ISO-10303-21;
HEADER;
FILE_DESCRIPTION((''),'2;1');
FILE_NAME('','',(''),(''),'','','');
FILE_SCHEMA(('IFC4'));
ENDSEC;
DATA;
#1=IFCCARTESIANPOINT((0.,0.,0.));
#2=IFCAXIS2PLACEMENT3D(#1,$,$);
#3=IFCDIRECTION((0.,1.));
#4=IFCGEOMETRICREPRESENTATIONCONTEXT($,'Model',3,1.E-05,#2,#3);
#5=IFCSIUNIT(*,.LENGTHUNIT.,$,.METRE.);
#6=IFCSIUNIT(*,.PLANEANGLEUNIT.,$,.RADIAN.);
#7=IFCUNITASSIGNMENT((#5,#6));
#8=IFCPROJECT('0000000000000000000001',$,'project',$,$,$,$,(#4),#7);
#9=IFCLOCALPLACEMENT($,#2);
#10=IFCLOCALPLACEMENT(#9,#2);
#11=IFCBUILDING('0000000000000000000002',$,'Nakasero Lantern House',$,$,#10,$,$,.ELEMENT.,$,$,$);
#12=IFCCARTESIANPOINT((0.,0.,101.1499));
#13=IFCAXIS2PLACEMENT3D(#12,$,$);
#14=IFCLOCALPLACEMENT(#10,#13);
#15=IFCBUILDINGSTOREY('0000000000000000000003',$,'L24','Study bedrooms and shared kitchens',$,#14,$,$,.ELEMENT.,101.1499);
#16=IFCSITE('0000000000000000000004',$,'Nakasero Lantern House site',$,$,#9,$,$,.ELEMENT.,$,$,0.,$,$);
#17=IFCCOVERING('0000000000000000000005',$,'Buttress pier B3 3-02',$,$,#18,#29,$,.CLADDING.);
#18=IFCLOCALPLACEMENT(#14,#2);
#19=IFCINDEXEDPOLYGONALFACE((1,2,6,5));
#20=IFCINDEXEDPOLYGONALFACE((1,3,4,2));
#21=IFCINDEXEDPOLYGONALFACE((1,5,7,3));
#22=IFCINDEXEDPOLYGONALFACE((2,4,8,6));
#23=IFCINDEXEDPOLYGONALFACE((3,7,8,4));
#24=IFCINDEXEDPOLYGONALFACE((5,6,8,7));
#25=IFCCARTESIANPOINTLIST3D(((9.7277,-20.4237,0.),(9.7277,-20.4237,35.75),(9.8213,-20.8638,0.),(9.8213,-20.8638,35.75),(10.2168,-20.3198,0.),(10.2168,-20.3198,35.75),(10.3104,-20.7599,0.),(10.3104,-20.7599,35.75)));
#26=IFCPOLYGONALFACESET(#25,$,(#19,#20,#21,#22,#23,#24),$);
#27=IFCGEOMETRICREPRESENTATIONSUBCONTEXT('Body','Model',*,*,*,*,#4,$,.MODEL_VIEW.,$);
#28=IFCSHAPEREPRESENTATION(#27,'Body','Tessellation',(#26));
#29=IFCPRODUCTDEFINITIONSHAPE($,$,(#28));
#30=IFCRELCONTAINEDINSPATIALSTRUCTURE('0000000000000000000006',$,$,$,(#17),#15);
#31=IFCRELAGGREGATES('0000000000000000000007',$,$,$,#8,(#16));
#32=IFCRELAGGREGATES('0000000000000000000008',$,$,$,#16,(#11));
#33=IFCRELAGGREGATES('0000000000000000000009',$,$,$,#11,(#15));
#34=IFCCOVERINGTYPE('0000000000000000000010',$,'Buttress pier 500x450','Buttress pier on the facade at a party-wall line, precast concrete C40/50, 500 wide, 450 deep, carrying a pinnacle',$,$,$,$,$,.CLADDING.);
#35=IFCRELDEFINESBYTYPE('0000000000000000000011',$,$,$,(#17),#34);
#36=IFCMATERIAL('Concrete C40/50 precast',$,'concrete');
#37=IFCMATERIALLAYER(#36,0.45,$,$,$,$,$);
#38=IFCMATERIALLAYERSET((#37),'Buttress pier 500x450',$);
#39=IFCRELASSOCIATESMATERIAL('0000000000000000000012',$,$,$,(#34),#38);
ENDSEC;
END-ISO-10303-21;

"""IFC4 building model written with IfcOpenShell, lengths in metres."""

from ifc_helpers import new_model, si_unit, direction, frame, origin, origin_2d, place, context, subcontext, project, spatial, rectangle, extrude, material, layer, layer_set, type_object, element, save


model = new_model("IFC4")

# Units and contexts
model_context = context("Model", 3, precision=1e-05, world=origin(), true_north=direction((0.0, 1.0)))
body_context = subcontext(model_context, "Body", "Model", "MODEL_VIEW")
ifc_project = project(units=[si_unit("LENGTHUNIT", "METRE"), si_unit("PLANEANGLEUNIT", "RADIAN")], contexts=[model_context])

# Site, building, storey
site_placement = place(None, origin())
site = spatial("IfcSite", under=ifc_project, at=site_placement, Name="Nakasero Lantern House site", CompositionType="ELEMENT", RefElevation=0.0)
building_placement = place(site_placement, origin())
building = spatial("IfcBuilding", under=site, at=building_placement, Name="Nakasero Lantern House", CompositionType="ELEMENT")
storey_placement = place(building_placement, frame((0.0, 0.0, 101.1499)))
storey = spatial("IfcBuildingStorey", under=building, at=storey_placement, Name="L24", Description="Study bedrooms and shared kitchens", CompositionType="ELEMENT", Elevation=101.1499)

# Covering
ifc_material_1 = material(Name="Concrete C40/50 precast", Category="concrete")
ifc_layer_1 = layer(ifc_material_1, 0.45)
ifc_layer_set_1 = layer_set([ifc_layer_1], Name="Buttress pier 500x450")
covering_type = type_object("IfcCoveringType", Name="Buttress pier 500x450", Description="Buttress pier on the facade at a party-wall line, precast concrete C40/50, 500 wide, 450 deep, carrying a pinnacle", PredefinedType="CLADDING", material=ifc_layer_set_1)
covering_placement = place(storey_placement, frame((10.019, -20.5918, 0.0), z_axis=(0.0, 0.0, 1.0), x_axis=(0.207912, -0.978148, 0.0)))
element("IfcCovering", 1, at=covering_placement, inside=storey, type_object=covering_type, Name="Buttress pier B3 3-02", PredefinedType="CLADDING", context=body_context, shape_type="SweptSolid", body=[
    extrude(rectangle(XDim=0.45, YDim=0.5, at=origin_2d()), origin(), (0.0, 0.0, 1.0), 35.75),
])

save(model, "model.ifc")
